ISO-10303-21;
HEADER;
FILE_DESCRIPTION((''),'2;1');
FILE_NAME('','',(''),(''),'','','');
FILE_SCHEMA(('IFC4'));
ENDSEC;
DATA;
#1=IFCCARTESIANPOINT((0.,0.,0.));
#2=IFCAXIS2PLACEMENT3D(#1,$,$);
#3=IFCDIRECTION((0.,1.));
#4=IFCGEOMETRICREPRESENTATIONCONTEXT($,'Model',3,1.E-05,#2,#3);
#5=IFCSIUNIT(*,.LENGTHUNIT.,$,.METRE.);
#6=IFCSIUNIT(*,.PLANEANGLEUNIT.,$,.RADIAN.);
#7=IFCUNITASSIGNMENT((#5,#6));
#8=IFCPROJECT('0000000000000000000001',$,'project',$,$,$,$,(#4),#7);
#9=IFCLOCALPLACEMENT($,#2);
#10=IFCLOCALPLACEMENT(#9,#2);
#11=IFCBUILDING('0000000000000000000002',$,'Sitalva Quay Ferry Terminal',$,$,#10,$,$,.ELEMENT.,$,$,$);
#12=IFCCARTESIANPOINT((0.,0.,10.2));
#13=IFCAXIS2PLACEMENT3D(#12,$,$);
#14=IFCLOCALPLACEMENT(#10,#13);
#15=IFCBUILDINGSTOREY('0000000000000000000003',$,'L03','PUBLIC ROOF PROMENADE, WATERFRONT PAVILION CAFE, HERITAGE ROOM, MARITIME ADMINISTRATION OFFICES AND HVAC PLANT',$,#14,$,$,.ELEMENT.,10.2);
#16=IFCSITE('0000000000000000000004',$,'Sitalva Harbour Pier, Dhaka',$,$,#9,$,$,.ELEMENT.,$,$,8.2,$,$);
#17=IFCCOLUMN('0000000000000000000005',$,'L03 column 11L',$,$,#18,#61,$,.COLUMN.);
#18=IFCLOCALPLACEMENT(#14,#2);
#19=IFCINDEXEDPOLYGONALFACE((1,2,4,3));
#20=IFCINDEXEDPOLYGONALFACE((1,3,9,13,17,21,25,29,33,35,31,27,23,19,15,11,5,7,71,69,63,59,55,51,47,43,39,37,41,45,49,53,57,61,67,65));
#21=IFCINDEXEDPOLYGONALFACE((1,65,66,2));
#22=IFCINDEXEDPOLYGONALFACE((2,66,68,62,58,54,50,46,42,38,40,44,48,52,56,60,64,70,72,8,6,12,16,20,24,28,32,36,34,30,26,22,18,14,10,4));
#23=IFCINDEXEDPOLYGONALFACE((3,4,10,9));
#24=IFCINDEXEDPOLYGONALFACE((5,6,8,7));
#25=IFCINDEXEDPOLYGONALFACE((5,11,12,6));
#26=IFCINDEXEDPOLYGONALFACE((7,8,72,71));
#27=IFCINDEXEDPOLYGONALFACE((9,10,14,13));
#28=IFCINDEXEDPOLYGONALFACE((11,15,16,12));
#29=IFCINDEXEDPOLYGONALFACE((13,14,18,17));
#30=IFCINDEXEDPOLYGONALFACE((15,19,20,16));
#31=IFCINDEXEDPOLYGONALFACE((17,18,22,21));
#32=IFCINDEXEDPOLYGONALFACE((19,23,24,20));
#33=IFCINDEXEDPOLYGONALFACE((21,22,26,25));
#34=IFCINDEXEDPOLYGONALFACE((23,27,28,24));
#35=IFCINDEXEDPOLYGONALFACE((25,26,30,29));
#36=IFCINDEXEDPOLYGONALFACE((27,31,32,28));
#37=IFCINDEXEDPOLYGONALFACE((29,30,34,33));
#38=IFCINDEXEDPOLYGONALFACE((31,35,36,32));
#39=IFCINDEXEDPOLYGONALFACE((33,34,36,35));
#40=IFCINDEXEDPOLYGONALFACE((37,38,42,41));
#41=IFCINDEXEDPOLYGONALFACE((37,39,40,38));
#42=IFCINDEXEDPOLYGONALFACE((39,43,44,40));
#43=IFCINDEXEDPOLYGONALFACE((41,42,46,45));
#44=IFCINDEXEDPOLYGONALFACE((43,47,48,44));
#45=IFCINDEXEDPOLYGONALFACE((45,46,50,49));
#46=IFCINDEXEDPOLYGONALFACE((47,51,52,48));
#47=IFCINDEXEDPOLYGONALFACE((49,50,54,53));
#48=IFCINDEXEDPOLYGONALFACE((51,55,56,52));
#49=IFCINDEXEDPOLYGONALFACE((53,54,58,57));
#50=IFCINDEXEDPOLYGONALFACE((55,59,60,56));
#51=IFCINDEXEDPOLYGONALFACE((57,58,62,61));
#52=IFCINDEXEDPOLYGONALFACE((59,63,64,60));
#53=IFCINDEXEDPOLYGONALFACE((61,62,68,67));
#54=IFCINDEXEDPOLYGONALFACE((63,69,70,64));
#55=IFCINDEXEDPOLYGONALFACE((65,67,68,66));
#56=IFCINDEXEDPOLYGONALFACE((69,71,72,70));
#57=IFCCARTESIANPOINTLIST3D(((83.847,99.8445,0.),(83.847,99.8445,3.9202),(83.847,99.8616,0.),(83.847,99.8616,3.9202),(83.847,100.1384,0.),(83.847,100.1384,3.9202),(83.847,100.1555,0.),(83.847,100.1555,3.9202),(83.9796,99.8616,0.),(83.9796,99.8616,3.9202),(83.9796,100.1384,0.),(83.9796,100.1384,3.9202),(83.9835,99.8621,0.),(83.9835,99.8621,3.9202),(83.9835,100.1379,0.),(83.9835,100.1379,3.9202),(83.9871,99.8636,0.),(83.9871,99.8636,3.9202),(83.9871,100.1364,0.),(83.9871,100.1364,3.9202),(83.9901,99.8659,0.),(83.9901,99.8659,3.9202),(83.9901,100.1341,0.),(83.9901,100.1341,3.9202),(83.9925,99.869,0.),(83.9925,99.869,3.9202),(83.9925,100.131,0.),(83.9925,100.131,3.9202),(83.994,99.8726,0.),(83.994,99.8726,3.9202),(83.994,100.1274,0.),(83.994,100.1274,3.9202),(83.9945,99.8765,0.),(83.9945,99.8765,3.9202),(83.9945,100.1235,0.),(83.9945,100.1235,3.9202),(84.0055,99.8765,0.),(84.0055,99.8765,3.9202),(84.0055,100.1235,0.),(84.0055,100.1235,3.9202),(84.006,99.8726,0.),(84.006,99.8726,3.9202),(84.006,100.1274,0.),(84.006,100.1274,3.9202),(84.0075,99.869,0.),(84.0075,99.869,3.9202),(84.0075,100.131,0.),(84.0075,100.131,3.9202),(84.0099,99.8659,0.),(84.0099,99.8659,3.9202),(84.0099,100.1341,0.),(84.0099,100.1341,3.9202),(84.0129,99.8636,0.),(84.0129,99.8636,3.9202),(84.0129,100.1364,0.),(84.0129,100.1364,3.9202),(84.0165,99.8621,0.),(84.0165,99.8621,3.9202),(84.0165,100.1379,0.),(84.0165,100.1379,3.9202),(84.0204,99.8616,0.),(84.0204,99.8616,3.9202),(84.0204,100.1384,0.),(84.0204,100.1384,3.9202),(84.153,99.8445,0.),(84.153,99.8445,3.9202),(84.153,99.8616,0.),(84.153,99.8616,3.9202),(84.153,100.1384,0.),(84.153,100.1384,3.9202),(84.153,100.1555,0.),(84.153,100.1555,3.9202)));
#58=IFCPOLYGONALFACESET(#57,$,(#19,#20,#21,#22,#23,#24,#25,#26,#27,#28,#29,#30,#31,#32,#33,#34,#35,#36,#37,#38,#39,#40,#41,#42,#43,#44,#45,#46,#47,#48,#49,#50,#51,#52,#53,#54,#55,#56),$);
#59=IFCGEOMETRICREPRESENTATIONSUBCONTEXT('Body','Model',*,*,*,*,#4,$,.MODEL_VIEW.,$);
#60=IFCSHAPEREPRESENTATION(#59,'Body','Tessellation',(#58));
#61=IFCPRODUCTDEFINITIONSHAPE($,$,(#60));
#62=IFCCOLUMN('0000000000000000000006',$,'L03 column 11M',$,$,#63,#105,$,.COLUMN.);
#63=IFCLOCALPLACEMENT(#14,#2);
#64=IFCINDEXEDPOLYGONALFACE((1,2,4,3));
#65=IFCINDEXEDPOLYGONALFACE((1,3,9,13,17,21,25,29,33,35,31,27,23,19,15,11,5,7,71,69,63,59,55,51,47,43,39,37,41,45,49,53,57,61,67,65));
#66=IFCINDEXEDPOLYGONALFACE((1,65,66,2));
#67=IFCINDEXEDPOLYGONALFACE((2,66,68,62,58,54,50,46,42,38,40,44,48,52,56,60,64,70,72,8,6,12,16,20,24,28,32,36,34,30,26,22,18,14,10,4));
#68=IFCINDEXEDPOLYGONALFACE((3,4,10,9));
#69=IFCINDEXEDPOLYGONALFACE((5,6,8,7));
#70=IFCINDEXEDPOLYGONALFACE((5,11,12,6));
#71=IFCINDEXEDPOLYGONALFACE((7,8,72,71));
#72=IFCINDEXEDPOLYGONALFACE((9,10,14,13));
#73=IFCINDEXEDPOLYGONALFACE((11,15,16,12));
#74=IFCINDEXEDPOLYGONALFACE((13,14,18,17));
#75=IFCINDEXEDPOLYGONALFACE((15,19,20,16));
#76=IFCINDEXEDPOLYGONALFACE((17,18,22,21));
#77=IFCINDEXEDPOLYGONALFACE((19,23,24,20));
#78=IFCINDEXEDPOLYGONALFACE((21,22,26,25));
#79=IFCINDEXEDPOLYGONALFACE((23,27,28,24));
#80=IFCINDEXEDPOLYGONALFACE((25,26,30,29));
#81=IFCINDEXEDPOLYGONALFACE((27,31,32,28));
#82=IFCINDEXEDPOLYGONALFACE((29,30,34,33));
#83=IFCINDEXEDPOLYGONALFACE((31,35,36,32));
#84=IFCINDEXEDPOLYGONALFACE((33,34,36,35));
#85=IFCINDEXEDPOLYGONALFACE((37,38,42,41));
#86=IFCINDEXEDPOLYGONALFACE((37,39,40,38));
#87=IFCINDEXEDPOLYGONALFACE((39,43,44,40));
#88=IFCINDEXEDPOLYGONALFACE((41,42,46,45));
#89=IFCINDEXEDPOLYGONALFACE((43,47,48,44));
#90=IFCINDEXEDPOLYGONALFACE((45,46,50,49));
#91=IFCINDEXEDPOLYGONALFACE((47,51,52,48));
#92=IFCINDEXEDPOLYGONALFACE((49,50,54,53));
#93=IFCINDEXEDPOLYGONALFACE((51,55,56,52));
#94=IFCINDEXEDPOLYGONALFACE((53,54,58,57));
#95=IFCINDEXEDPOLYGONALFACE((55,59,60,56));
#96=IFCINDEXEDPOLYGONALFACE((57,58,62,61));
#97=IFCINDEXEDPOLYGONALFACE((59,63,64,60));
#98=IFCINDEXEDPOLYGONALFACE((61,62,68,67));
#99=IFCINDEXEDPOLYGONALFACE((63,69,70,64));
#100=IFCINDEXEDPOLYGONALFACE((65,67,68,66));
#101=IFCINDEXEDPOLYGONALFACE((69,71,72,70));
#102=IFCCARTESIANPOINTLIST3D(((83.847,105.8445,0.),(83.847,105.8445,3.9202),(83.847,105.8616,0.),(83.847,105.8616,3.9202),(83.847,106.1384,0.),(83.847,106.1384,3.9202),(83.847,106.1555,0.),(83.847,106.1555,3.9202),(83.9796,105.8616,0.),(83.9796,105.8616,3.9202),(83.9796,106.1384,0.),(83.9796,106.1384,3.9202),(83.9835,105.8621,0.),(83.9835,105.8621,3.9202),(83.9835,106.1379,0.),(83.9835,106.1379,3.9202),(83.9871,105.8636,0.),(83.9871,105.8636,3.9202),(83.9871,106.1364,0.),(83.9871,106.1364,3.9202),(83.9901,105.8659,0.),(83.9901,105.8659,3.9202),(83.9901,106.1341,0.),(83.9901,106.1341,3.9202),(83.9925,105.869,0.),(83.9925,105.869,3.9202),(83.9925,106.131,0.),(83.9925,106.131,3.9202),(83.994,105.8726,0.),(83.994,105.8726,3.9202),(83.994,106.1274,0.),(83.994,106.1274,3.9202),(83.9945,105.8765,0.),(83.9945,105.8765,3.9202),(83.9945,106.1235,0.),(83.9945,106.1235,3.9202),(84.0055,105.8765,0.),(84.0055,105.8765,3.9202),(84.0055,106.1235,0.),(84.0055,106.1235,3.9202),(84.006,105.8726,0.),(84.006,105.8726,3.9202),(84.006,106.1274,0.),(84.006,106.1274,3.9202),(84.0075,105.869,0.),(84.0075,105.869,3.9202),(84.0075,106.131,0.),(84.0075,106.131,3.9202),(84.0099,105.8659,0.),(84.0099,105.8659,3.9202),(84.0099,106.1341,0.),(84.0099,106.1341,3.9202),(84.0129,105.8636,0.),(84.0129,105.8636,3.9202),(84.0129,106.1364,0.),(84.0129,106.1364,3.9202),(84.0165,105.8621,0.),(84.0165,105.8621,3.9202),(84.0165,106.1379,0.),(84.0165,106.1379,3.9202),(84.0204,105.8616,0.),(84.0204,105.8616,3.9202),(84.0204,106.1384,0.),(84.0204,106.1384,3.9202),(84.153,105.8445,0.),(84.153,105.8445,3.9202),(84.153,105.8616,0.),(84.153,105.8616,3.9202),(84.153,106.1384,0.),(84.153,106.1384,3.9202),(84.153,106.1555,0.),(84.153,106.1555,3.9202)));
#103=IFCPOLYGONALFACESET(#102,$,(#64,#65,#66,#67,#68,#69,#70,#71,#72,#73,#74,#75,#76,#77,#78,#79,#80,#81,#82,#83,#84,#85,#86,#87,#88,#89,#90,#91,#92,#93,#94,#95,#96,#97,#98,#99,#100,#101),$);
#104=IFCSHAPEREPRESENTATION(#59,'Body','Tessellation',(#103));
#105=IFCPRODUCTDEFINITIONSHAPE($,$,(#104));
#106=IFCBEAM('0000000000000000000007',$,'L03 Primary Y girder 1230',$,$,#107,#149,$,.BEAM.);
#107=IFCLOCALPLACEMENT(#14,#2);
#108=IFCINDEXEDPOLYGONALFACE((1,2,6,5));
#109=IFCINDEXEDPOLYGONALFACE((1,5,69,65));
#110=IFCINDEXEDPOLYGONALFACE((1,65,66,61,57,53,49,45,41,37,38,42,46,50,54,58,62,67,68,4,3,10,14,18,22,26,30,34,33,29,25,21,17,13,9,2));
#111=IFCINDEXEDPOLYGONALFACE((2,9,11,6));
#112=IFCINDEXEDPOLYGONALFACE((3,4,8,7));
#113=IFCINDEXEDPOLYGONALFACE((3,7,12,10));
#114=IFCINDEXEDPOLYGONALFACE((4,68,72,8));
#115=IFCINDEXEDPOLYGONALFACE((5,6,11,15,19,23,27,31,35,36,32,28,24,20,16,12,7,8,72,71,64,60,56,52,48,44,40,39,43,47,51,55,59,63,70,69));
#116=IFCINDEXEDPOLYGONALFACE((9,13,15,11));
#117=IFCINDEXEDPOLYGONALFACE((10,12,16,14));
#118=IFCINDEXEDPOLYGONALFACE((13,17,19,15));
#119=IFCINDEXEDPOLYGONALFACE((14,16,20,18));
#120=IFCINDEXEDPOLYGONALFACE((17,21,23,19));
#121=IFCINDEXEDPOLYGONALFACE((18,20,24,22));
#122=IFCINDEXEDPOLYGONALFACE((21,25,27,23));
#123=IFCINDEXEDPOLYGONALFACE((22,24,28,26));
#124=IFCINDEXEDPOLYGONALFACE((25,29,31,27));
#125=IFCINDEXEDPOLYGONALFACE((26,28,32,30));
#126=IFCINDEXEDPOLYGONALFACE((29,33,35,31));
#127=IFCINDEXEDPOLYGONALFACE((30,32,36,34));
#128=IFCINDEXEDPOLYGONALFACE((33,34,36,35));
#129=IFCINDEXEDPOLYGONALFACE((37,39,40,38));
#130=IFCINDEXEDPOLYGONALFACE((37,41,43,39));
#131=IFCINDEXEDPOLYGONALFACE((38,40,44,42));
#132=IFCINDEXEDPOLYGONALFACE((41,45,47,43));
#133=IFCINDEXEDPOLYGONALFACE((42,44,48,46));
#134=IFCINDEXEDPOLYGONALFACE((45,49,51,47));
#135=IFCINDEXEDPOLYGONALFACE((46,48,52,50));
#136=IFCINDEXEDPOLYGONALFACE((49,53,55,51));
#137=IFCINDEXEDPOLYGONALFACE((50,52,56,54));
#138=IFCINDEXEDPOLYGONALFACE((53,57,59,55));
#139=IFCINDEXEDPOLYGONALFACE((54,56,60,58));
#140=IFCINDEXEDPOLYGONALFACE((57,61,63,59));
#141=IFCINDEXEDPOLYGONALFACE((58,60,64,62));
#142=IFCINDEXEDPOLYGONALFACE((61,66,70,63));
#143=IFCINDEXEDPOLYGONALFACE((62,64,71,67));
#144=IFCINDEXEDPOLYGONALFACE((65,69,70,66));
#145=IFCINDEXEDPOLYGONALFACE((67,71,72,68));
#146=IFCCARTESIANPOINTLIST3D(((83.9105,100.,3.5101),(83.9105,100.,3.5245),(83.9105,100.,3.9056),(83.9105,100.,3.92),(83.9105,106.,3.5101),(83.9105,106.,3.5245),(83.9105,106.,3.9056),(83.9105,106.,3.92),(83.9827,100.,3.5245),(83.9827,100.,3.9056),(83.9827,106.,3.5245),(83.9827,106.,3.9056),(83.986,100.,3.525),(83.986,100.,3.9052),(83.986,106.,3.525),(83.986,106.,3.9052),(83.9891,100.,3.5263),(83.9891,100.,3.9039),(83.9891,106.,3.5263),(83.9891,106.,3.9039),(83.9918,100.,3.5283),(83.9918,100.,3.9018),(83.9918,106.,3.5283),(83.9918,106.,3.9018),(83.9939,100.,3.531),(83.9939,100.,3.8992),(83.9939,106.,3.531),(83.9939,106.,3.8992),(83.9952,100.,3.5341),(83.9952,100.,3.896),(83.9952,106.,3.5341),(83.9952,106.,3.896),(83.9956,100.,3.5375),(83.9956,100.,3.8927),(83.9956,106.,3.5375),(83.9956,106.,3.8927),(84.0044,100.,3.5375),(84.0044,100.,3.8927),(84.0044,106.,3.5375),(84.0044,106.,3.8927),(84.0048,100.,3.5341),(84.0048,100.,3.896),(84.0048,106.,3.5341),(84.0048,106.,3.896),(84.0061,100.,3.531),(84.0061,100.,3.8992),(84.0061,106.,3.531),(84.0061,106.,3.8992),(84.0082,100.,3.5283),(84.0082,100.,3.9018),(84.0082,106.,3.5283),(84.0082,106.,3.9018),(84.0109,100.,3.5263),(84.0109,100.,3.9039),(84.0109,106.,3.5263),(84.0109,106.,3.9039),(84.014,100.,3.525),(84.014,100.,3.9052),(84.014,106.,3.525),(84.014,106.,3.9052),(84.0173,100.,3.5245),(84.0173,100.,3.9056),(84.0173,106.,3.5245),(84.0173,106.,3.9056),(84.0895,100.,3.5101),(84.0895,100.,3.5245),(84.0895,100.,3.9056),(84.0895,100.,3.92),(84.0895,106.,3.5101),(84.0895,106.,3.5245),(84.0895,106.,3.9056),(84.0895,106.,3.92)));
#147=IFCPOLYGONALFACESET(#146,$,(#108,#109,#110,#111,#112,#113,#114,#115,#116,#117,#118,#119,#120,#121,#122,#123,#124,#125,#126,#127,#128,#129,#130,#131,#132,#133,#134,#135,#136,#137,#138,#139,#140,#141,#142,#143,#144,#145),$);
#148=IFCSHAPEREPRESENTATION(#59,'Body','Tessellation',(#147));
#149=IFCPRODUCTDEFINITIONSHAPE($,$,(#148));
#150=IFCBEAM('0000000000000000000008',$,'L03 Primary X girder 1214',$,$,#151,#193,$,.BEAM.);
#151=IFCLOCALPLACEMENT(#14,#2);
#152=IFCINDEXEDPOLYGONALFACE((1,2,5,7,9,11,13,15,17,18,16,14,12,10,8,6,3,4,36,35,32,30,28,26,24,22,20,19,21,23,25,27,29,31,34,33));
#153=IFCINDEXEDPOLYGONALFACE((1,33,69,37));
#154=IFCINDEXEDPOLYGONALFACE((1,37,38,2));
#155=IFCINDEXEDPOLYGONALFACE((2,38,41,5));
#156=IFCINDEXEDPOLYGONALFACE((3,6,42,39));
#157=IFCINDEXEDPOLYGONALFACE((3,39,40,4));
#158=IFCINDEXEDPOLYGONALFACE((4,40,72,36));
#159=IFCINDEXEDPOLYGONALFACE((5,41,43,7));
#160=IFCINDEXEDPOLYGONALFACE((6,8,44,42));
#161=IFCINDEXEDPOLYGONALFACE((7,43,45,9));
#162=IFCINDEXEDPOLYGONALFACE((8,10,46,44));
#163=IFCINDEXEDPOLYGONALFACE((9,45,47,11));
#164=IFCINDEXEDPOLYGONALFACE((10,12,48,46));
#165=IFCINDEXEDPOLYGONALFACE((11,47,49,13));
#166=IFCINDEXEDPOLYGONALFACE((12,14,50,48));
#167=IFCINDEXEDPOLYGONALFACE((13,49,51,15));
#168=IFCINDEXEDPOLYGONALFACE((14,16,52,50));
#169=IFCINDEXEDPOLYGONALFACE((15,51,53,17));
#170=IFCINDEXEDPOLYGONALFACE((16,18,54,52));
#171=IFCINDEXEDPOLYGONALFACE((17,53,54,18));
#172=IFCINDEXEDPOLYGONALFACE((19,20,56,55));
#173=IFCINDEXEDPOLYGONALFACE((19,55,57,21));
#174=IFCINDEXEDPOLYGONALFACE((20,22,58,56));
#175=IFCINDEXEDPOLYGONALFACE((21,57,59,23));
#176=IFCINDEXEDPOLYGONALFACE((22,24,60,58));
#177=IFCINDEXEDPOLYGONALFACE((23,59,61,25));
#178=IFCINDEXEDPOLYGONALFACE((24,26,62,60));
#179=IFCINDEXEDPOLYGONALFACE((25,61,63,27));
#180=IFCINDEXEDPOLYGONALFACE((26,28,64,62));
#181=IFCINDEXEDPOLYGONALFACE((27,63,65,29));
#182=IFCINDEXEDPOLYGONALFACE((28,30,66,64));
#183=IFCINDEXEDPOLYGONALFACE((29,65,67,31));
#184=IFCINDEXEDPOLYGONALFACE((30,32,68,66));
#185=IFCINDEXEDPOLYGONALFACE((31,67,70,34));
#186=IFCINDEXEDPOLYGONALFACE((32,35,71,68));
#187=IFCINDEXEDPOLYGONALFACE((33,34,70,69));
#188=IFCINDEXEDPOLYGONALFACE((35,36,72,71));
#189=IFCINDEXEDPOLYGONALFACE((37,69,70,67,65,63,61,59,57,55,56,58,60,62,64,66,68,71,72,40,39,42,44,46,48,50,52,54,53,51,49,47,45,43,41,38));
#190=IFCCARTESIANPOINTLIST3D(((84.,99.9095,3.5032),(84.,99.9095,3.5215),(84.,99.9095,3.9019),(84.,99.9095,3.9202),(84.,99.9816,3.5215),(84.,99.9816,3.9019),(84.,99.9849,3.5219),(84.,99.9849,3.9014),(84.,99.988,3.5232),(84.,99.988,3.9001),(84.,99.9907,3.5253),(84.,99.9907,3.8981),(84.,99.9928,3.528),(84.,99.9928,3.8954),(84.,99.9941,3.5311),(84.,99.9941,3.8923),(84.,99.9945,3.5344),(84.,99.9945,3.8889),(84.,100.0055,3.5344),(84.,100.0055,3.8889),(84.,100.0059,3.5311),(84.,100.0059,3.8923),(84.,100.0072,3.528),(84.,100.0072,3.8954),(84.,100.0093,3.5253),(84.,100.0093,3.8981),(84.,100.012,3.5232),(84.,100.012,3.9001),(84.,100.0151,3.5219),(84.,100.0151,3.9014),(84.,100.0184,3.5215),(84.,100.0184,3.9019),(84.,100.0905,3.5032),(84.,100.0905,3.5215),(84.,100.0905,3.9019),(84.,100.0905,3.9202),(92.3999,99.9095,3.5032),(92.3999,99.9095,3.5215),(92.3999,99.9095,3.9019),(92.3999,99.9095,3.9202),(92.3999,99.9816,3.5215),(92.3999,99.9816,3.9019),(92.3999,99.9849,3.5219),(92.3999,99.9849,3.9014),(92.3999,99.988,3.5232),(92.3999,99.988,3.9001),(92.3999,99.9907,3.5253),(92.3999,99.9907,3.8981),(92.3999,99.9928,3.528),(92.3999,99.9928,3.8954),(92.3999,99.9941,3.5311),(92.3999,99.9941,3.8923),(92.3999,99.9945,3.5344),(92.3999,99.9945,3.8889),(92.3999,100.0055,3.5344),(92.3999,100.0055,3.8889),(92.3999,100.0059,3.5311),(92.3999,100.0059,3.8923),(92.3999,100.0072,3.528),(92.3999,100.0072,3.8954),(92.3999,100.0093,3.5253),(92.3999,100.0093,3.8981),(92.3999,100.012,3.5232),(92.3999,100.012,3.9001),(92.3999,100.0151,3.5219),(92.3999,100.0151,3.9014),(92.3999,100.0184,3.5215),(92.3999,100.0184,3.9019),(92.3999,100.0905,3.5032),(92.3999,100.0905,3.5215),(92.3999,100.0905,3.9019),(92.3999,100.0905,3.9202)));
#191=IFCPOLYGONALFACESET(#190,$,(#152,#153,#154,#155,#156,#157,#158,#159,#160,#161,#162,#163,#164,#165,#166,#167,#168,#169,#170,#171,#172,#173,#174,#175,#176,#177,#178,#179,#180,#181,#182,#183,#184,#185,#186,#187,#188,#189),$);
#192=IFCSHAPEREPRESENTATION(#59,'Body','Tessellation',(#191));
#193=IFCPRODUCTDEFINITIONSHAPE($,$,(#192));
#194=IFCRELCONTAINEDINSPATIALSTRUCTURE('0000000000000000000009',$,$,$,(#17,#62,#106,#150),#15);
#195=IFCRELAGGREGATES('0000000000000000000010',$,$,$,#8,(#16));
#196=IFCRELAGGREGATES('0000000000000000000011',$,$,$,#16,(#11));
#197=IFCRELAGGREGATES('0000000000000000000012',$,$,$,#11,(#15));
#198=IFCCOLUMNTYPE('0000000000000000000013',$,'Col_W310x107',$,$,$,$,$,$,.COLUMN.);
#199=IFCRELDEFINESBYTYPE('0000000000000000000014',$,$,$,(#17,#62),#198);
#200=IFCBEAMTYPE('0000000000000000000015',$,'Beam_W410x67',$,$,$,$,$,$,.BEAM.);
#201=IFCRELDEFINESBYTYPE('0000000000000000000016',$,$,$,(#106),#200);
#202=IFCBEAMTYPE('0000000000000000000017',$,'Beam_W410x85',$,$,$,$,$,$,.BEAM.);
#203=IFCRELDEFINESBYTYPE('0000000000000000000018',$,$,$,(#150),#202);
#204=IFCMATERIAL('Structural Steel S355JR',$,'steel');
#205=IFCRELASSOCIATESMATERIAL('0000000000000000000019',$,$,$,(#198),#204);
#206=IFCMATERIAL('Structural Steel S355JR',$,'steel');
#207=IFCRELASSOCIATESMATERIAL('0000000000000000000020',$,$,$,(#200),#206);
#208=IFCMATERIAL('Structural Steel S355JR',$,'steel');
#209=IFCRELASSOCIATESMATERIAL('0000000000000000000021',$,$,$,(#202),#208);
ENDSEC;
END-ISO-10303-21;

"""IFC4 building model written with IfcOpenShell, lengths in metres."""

from ifc_helpers import new_model, si_unit, direction, frame, origin, origin_2d, place, context, subcontext, project, spatial, i_section, extrude, material, material_profile, profile_set, type_object, element, save


model = new_model("IFC4")

# Units and contexts
model_context = context("Model", 3, precision=1e-05, world=origin(), true_north=direction((0.0, 1.0)))
body_context = subcontext(model_context, "Body", "Model", "MODEL_VIEW")
ifc_project = project(units=[si_unit("LENGTHUNIT", "METRE"), si_unit("PLANEANGLEUNIT", "RADIAN")], contexts=[model_context])

# Site, building, storey
site_placement = place(None, origin())
site = spatial("IfcSite", under=ifc_project, at=site_placement, Name="Sitalva Harbour Pier, Dhaka", CompositionType="ELEMENT", RefElevation=8.2)
building_placement = place(site_placement, origin())
building = spatial("IfcBuilding", under=site, at=building_placement, Name="Sitalva Quay Ferry Terminal", CompositionType="ELEMENT")
storey_placement = place(building_placement, frame((0.0, 0.0, 10.2)))
storey = spatial("IfcBuildingStorey", under=building, at=storey_placement, Name="L03", Description="PUBLIC ROOF PROMENADE, WATERFRONT PAVILION CAFE, HERITAGE ROOM, MARITIME ADMINISTRATION OFFICES AND HVAC PLANT", CompositionType="ELEMENT", Elevation=10.2)

# Columns
ifc_material_1 = material(Name="Structural Steel S355JR", Category="steel")
ifc_material_profile_1 = material_profile(ifc_material_1, i_section(OverallWidth=0.3059, OverallDepth=0.311, WebThickness=0.011, FlangeThickness=0.0171, FilletRadius=0.0149, at=origin_2d()), Name="W310x107")
ifc_profile_set_1 = profile_set([ifc_material_profile_1], Name="Structural Steel S355JR")
column_type = type_object("IfcColumnType", Name="Col_W310x107", PredefinedType="COLUMN", material=ifc_profile_set_1)
for number, where, z_axis, x_axis, name in (
    (1, (84.0, 100.0, 0.0), (0.0, 0.0, 1.0), (1.0, 0.0, 0.0), "L03 column 11L"),
    (2, (84.0, 106.0, 0.0), (0.0, 0.0, 1.0), (1.0, 0.0, 0.0), "L03 column 11M"),
):
    element("IfcColumn", number, at=place(storey_placement, frame(where, z_axis=z_axis, x_axis=x_axis)), inside=storey, type_object=column_type, Name=name, PredefinedType="COLUMN", context=body_context, shape_type="SweptSolid", body=[
        extrude(i_section(OverallWidth=0.3059, OverallDepth=0.311, WebThickness=0.011, FlangeThickness=0.0171, FilletRadius=0.0149, at=origin_2d()), origin(), (0.0, 0.0, 1.0), 3.9202),
    ])

# Beams
ifc_material_2 = material(Name="Structural Steel S355JR", Category="steel")
ifc_material_profile_2 = material_profile(ifc_material_2, i_section(OverallWidth=0.179, OverallDepth=0.4099, WebThickness=0.0088, FlangeThickness=0.0144, FilletRadius=0.0129, at=origin_2d()), Name="W410x67")
ifc_profile_set_2 = profile_set([ifc_material_profile_2], Name="Structural Steel S355JR")
beam_type_1 = type_object("IfcBeamType", Name="Beam_W410x67", PredefinedType="BEAM", material=ifc_profile_set_2)
beam_placement = place(storey_placement, frame((84.0, 100.0, 3.7151), z_axis=(0.0, 1.0, 0.0), x_axis=(-1.0, 0.0, 0.0)))
element("IfcBeam", 3, at=beam_placement, inside=storey, type_object=beam_type_1, Name="L03 Primary Y girder 1230", PredefinedType="BEAM", context=body_context, shape_type="SweptSolid", body=[
    extrude(i_section(OverallWidth=0.179, OverallDepth=0.4099, WebThickness=0.0088, FlangeThickness=0.0144, FilletRadius=0.0129, at=origin_2d()), origin(), (0.0, 0.0, 1.0), 6.0),
])
ifc_material_3 = material(Name="Structural Steel S355JR", Category="steel")
ifc_material_profile_3 = material_profile(ifc_material_3, i_section(OverallWidth=0.1809, OverallDepth=0.417, WebThickness=0.011, FlangeThickness=0.0183, FilletRadius=0.0129, at=origin_2d()), Name="W410x85")
ifc_profile_set_3 = profile_set([ifc_material_profile_3], Name="Structural Steel S355JR")
beam_type_2 = type_object("IfcBeamType", Name="Beam_W410x85", PredefinedType="BEAM", material=ifc_profile_set_3)
for number, where, z_axis, x_axis, name in (
    (4, (84.0, 100.0, 3.7117), (1.0, 0.0, 0.0), (0.0, 1.0, 0.0), "L03 Primary X girder 1214"),
):
    element("IfcBeam", number, at=place(storey_placement, frame(where, z_axis=z_axis, x_axis=x_axis)), inside=storey, type_object=beam_type_2, Name=name, PredefinedType="BEAM", context=body_context, shape_type="SweptSolid", body=[
        extrude(i_section(OverallWidth=0.1809, OverallDepth=0.417, WebThickness=0.011, FlangeThickness=0.0183, FilletRadius=0.0129, at=origin_2d()), origin(), (0.0, 0.0, 1.0), 8.3999),
    ])

save(model, "model.ifc")
